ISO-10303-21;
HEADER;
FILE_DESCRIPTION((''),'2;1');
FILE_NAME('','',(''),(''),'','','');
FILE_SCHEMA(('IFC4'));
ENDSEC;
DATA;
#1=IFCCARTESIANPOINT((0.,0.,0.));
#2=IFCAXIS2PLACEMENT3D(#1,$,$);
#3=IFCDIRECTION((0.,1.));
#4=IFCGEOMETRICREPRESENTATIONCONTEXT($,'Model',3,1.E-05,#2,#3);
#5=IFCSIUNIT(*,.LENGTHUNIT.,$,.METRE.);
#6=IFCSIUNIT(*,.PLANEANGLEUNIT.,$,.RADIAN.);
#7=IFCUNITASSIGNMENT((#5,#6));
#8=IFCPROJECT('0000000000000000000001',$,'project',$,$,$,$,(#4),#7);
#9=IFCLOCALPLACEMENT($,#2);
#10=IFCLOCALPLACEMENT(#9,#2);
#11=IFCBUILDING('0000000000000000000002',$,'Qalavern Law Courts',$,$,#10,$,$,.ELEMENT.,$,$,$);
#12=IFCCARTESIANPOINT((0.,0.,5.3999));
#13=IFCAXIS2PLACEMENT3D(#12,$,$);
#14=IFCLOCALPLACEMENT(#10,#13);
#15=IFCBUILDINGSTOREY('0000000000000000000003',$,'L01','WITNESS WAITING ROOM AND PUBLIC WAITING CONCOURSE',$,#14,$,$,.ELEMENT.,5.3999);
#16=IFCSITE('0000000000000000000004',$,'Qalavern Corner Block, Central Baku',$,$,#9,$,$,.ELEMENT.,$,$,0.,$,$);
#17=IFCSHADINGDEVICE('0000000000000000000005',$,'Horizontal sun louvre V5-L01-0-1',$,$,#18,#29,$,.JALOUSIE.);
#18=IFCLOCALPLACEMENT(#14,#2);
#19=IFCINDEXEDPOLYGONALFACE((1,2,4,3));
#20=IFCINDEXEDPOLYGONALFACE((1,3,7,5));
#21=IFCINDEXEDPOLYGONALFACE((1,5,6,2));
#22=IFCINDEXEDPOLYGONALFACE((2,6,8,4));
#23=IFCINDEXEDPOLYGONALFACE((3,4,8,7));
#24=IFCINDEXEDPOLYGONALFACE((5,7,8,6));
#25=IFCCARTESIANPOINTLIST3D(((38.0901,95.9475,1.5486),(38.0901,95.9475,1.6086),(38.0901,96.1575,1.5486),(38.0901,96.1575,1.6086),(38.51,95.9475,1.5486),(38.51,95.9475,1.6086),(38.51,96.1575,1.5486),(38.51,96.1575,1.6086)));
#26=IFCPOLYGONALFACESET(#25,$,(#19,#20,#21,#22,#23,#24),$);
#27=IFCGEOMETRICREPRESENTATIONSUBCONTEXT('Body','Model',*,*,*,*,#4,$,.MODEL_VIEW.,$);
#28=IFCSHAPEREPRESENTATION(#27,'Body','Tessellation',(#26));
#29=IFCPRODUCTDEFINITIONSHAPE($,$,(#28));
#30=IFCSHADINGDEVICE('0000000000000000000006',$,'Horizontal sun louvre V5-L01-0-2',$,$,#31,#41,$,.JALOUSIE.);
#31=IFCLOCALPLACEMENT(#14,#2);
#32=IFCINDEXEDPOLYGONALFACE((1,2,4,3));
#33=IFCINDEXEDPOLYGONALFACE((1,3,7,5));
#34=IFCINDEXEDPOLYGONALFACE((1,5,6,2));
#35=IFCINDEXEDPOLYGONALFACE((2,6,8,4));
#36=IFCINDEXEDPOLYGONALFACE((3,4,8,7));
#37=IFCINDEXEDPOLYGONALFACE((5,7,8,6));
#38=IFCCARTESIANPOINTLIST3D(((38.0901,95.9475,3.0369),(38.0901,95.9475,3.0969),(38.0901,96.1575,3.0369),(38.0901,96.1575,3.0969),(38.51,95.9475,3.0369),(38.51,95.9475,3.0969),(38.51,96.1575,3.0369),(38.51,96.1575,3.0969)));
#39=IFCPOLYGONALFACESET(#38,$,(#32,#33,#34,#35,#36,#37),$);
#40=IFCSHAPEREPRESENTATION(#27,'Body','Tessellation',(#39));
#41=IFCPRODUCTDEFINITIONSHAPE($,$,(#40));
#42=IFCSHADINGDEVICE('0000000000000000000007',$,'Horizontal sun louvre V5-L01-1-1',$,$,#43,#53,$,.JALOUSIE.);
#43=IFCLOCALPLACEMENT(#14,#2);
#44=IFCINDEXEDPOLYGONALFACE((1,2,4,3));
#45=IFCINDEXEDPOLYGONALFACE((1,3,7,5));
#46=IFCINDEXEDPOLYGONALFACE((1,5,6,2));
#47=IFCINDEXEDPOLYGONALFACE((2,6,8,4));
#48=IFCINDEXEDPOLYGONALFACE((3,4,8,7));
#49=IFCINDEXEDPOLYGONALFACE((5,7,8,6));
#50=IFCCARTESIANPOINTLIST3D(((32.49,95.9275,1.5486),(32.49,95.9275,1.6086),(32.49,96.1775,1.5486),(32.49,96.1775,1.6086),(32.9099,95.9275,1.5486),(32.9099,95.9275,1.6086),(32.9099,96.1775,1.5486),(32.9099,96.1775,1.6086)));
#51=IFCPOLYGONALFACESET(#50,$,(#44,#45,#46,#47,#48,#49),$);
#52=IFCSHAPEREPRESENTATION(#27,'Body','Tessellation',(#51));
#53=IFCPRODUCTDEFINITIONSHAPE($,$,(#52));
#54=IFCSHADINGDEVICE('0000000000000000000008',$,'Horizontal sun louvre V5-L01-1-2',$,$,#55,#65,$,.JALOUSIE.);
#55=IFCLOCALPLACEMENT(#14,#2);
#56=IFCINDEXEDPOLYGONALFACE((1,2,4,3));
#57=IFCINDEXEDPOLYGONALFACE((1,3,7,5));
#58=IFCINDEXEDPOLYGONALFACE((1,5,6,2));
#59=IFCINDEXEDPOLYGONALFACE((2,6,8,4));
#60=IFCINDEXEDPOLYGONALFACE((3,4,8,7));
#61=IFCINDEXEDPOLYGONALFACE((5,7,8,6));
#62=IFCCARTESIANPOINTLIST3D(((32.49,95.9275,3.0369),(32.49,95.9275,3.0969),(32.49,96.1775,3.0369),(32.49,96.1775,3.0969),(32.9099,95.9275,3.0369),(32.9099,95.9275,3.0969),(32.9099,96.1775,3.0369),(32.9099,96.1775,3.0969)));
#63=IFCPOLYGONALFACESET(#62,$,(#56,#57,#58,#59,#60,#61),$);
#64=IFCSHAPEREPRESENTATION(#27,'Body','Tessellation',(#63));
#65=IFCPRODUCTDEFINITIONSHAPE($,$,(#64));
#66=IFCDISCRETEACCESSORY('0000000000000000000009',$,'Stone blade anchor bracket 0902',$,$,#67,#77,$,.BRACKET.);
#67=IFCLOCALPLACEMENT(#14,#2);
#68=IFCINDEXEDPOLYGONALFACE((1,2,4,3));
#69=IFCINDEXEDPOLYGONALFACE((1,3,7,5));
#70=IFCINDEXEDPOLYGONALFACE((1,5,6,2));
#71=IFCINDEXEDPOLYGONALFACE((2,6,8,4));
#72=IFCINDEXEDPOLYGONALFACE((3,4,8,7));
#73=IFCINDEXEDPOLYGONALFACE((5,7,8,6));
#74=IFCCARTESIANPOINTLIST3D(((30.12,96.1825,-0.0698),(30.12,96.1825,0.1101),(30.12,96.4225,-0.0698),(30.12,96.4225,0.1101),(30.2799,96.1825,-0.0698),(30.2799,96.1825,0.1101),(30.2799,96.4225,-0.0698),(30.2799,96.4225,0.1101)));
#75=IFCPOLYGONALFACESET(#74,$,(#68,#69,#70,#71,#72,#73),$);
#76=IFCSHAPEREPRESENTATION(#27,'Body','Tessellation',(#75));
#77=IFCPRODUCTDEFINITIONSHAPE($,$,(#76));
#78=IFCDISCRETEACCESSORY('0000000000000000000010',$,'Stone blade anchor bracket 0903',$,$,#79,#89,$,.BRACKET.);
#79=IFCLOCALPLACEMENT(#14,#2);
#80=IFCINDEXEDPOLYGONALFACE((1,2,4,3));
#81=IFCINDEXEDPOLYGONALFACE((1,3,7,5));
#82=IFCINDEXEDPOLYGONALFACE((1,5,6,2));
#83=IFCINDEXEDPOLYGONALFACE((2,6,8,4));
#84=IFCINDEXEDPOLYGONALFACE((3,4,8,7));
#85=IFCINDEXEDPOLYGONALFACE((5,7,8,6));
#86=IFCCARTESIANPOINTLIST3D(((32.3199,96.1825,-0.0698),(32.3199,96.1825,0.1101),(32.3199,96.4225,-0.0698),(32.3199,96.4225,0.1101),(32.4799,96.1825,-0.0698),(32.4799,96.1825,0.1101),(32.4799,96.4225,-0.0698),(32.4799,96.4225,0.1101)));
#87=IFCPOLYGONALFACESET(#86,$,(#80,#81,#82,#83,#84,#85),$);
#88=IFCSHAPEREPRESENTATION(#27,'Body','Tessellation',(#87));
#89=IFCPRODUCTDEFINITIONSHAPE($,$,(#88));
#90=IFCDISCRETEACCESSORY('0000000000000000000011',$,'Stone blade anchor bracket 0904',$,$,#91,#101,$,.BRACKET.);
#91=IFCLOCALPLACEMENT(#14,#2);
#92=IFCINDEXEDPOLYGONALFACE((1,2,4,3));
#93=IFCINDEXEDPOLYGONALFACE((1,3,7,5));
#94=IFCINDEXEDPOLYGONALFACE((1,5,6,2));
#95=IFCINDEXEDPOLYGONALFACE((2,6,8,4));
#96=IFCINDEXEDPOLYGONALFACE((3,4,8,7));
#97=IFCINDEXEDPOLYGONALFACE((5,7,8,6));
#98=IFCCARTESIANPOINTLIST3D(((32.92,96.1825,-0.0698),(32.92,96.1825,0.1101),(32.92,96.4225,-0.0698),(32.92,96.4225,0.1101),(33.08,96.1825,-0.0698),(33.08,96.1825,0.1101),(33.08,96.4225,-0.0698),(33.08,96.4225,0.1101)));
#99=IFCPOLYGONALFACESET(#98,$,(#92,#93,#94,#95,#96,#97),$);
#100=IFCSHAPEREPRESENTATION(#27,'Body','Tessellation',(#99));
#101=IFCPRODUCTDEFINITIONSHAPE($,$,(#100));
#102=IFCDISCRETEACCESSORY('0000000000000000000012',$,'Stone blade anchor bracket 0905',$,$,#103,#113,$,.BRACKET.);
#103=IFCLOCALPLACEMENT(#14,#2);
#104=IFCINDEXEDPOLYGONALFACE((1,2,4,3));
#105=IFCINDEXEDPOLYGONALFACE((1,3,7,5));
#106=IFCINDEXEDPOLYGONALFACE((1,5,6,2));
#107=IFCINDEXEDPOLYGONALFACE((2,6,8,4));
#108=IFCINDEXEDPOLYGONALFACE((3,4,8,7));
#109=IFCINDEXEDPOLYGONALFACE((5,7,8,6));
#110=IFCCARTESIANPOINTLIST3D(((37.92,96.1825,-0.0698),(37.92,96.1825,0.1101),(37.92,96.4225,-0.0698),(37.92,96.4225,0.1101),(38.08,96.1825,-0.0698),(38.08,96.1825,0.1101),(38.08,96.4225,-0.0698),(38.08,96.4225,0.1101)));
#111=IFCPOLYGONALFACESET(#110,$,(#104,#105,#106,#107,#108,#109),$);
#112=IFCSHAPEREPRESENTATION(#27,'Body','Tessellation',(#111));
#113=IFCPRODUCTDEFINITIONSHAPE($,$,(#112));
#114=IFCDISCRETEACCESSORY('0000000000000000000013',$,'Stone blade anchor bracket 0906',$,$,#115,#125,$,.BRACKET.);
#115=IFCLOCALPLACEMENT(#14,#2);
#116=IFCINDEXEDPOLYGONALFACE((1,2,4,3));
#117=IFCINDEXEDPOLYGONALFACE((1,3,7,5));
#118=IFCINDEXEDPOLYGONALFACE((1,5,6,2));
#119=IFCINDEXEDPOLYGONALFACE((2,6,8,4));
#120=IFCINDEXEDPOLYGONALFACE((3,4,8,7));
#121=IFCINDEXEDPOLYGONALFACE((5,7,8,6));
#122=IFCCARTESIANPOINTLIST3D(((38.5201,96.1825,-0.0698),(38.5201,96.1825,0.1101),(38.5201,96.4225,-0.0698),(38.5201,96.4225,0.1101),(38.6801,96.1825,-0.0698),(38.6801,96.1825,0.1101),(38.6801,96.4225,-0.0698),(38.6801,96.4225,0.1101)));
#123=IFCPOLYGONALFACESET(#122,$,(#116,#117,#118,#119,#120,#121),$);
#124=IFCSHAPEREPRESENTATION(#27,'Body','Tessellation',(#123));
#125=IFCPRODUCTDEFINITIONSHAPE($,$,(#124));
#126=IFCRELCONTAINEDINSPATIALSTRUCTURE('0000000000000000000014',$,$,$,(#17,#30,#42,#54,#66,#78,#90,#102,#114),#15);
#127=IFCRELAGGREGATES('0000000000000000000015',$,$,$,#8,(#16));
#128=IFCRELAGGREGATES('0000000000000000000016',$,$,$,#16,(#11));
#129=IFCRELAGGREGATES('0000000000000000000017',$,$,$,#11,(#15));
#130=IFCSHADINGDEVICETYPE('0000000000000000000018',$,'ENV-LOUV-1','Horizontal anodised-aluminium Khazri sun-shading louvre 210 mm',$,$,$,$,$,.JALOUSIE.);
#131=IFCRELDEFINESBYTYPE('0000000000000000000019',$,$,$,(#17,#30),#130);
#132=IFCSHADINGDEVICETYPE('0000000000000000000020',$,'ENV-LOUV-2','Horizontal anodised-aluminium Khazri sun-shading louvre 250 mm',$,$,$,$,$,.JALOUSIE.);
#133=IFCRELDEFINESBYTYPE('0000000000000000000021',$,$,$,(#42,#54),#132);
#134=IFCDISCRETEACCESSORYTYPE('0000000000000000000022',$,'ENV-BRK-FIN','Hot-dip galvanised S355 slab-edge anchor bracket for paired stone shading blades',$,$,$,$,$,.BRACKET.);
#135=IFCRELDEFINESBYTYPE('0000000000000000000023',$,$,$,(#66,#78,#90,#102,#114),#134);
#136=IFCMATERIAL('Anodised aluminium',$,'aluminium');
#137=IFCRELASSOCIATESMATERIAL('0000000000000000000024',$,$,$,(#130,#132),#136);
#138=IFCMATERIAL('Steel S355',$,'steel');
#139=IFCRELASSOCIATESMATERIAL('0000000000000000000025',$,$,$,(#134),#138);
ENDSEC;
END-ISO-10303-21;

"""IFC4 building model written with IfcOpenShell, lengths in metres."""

from ifc_helpers import new_model, si_unit, direction, frame, origin, origin_2d, place, context, subcontext, project, spatial, rectangle, extrude, material, type_object, element, save


model = new_model("IFC4")

# Units and contexts
model_context = context("Model", 3, precision=1e-05, world=origin(), true_north=direction((0.0, 1.0)))
body_context = subcontext(model_context, "Body", "Model", "MODEL_VIEW")
ifc_project = project(units=[si_unit("LENGTHUNIT", "METRE"), si_unit("PLANEANGLEUNIT", "RADIAN")], contexts=[model_context])

# Site, building, storey
site_placement = place(None, origin())
site = spatial("IfcSite", under=ifc_project, at=site_placement, Name="Qalavern Corner Block, Central Baku", CompositionType="ELEMENT", RefElevation=0.0)
building_placement = place(site_placement, origin())
building = spatial("IfcBuilding", under=site, at=building_placement, Name="Qalavern Law Courts", CompositionType="ELEMENT")
storey_placement = place(building_placement, frame((0.0, 0.0, 5.3999)))
storey = spatial("IfcBuildingStorey", under=building, at=storey_placement, Name="L01", Description="WITNESS WAITING ROOM AND PUBLIC WAITING CONCOURSE", CompositionType="ELEMENT", Elevation=5.3999)

# Shared definitions
ifc_material_1 = material(Name="Anodised aluminium", Category="aluminium")

# Shading devices
shading_device_type_1 = type_object("IfcShadingDeviceType", Name="ENV-LOUV-1", Description="Horizontal anodised-aluminium Khazri sun-shading louvre 210 mm", PredefinedType="JALOUSIE", material=ifc_material_1)
for number, where, z_axis, x_axis, name in (
    (1, (38.3, 96.0525, 1.5486), (0.0, 0.0, 1.0), (1.0, 0.0, 0.0), "Horizontal sun louvre V5-L01-0-1"),
    (2, (38.3, 96.0525, 3.0369), (0.0, 0.0, 1.0), (1.0, 0.0, 0.0), "Horizontal sun louvre V5-L01-0-2"),
):
    element("IfcShadingDevice", number, at=place(storey_placement, frame(where, z_axis=z_axis, x_axis=x_axis)), inside=storey, type_object=shading_device_type_1, Name=name, PredefinedType="JALOUSIE", context=body_context, shape_type="SweptSolid", body=[
        extrude(rectangle(XDim=0.4199, YDim=0.21, at=origin_2d()), origin(), (0.0, 0.0, 1.0), 0.0601),
    ])
shading_device_type_2 = type_object("IfcShadingDeviceType", Name="ENV-LOUV-2", Description="Horizontal anodised-aluminium Khazri sun-shading louvre 250 mm", PredefinedType="JALOUSIE", material=ifc_material_1)
for number, where, z_axis, x_axis, name in (
    (3, (32.7, 96.0525, 1.5486), (0.0, 0.0, 1.0), (1.0, 0.0, 0.0), "Horizontal sun louvre V5-L01-1-1"),
    (4, (32.7, 96.0525, 3.0369), (0.0, 0.0, 1.0), (1.0, 0.0, 0.0), "Horizontal sun louvre V5-L01-1-2"),
):
    element("IfcShadingDevice", number, at=place(storey_placement, frame(where, z_axis=z_axis, x_axis=x_axis)), inside=storey, type_object=shading_device_type_2, Name=name, PredefinedType="JALOUSIE", context=body_context, shape_type="SweptSolid", body=[
        extrude(rectangle(XDim=0.4199, YDim=0.25, at=origin_2d()), origin(), (0.0, 0.0, 1.0), 0.0601),
    ])

# Discrete accessories
ifc_material_2 = material(Name="Steel S355", Category="steel")
discrete_accessory_type = type_object("IfcDiscreteAccessoryType", Name="ENV-BRK-FIN", Description="Hot-dip galvanised S355 slab-edge anchor bracket for paired stone shading blades", PredefinedType="BRACKET", material=ifc_material_2)
for number, where, z_axis, x_axis, name in (
    (5, (30.2, 96.3025, -0.0698), (0.0, 0.0, 1.0), (0.0, -1.0, 0.0), "Stone blade anchor bracket 0902"),
    (6, (32.3999, 96.3025, -0.0698), (0.0, 0.0, 1.0), (0.0, -1.0, 0.0), "Stone blade anchor bracket 0903"),
    (7, (33.0, 96.3025, -0.0698), (0.0, 0.0, 1.0), (0.0, -1.0, 0.0), "Stone blade anchor bracket 0904"),
    (8, (38.0, 96.3025, -0.0698), (0.0, 0.0, 1.0), (0.0, -1.0, 0.0), "Stone blade anchor bracket 0905"),
    (9, (38.6001, 96.3025, -0.0698), (0.0, 0.0, 1.0), (0.0, -1.0, 0.0), "Stone blade anchor bracket 0906"),
):
    element("IfcDiscreteAccessory", number, at=place(storey_placement, frame(where, z_axis=z_axis, x_axis=x_axis)), inside=storey, type_object=discrete_accessory_type, Name=name, PredefinedType="BRACKET", context=body_context, shape_type="SweptSolid", body=[
        extrude(rectangle(XDim=0.24, YDim=0.1599, at=origin_2d()), origin(), (0.0, 0.0, 1.0), 0.1799),
    ])

save(model, "model.ifc")
